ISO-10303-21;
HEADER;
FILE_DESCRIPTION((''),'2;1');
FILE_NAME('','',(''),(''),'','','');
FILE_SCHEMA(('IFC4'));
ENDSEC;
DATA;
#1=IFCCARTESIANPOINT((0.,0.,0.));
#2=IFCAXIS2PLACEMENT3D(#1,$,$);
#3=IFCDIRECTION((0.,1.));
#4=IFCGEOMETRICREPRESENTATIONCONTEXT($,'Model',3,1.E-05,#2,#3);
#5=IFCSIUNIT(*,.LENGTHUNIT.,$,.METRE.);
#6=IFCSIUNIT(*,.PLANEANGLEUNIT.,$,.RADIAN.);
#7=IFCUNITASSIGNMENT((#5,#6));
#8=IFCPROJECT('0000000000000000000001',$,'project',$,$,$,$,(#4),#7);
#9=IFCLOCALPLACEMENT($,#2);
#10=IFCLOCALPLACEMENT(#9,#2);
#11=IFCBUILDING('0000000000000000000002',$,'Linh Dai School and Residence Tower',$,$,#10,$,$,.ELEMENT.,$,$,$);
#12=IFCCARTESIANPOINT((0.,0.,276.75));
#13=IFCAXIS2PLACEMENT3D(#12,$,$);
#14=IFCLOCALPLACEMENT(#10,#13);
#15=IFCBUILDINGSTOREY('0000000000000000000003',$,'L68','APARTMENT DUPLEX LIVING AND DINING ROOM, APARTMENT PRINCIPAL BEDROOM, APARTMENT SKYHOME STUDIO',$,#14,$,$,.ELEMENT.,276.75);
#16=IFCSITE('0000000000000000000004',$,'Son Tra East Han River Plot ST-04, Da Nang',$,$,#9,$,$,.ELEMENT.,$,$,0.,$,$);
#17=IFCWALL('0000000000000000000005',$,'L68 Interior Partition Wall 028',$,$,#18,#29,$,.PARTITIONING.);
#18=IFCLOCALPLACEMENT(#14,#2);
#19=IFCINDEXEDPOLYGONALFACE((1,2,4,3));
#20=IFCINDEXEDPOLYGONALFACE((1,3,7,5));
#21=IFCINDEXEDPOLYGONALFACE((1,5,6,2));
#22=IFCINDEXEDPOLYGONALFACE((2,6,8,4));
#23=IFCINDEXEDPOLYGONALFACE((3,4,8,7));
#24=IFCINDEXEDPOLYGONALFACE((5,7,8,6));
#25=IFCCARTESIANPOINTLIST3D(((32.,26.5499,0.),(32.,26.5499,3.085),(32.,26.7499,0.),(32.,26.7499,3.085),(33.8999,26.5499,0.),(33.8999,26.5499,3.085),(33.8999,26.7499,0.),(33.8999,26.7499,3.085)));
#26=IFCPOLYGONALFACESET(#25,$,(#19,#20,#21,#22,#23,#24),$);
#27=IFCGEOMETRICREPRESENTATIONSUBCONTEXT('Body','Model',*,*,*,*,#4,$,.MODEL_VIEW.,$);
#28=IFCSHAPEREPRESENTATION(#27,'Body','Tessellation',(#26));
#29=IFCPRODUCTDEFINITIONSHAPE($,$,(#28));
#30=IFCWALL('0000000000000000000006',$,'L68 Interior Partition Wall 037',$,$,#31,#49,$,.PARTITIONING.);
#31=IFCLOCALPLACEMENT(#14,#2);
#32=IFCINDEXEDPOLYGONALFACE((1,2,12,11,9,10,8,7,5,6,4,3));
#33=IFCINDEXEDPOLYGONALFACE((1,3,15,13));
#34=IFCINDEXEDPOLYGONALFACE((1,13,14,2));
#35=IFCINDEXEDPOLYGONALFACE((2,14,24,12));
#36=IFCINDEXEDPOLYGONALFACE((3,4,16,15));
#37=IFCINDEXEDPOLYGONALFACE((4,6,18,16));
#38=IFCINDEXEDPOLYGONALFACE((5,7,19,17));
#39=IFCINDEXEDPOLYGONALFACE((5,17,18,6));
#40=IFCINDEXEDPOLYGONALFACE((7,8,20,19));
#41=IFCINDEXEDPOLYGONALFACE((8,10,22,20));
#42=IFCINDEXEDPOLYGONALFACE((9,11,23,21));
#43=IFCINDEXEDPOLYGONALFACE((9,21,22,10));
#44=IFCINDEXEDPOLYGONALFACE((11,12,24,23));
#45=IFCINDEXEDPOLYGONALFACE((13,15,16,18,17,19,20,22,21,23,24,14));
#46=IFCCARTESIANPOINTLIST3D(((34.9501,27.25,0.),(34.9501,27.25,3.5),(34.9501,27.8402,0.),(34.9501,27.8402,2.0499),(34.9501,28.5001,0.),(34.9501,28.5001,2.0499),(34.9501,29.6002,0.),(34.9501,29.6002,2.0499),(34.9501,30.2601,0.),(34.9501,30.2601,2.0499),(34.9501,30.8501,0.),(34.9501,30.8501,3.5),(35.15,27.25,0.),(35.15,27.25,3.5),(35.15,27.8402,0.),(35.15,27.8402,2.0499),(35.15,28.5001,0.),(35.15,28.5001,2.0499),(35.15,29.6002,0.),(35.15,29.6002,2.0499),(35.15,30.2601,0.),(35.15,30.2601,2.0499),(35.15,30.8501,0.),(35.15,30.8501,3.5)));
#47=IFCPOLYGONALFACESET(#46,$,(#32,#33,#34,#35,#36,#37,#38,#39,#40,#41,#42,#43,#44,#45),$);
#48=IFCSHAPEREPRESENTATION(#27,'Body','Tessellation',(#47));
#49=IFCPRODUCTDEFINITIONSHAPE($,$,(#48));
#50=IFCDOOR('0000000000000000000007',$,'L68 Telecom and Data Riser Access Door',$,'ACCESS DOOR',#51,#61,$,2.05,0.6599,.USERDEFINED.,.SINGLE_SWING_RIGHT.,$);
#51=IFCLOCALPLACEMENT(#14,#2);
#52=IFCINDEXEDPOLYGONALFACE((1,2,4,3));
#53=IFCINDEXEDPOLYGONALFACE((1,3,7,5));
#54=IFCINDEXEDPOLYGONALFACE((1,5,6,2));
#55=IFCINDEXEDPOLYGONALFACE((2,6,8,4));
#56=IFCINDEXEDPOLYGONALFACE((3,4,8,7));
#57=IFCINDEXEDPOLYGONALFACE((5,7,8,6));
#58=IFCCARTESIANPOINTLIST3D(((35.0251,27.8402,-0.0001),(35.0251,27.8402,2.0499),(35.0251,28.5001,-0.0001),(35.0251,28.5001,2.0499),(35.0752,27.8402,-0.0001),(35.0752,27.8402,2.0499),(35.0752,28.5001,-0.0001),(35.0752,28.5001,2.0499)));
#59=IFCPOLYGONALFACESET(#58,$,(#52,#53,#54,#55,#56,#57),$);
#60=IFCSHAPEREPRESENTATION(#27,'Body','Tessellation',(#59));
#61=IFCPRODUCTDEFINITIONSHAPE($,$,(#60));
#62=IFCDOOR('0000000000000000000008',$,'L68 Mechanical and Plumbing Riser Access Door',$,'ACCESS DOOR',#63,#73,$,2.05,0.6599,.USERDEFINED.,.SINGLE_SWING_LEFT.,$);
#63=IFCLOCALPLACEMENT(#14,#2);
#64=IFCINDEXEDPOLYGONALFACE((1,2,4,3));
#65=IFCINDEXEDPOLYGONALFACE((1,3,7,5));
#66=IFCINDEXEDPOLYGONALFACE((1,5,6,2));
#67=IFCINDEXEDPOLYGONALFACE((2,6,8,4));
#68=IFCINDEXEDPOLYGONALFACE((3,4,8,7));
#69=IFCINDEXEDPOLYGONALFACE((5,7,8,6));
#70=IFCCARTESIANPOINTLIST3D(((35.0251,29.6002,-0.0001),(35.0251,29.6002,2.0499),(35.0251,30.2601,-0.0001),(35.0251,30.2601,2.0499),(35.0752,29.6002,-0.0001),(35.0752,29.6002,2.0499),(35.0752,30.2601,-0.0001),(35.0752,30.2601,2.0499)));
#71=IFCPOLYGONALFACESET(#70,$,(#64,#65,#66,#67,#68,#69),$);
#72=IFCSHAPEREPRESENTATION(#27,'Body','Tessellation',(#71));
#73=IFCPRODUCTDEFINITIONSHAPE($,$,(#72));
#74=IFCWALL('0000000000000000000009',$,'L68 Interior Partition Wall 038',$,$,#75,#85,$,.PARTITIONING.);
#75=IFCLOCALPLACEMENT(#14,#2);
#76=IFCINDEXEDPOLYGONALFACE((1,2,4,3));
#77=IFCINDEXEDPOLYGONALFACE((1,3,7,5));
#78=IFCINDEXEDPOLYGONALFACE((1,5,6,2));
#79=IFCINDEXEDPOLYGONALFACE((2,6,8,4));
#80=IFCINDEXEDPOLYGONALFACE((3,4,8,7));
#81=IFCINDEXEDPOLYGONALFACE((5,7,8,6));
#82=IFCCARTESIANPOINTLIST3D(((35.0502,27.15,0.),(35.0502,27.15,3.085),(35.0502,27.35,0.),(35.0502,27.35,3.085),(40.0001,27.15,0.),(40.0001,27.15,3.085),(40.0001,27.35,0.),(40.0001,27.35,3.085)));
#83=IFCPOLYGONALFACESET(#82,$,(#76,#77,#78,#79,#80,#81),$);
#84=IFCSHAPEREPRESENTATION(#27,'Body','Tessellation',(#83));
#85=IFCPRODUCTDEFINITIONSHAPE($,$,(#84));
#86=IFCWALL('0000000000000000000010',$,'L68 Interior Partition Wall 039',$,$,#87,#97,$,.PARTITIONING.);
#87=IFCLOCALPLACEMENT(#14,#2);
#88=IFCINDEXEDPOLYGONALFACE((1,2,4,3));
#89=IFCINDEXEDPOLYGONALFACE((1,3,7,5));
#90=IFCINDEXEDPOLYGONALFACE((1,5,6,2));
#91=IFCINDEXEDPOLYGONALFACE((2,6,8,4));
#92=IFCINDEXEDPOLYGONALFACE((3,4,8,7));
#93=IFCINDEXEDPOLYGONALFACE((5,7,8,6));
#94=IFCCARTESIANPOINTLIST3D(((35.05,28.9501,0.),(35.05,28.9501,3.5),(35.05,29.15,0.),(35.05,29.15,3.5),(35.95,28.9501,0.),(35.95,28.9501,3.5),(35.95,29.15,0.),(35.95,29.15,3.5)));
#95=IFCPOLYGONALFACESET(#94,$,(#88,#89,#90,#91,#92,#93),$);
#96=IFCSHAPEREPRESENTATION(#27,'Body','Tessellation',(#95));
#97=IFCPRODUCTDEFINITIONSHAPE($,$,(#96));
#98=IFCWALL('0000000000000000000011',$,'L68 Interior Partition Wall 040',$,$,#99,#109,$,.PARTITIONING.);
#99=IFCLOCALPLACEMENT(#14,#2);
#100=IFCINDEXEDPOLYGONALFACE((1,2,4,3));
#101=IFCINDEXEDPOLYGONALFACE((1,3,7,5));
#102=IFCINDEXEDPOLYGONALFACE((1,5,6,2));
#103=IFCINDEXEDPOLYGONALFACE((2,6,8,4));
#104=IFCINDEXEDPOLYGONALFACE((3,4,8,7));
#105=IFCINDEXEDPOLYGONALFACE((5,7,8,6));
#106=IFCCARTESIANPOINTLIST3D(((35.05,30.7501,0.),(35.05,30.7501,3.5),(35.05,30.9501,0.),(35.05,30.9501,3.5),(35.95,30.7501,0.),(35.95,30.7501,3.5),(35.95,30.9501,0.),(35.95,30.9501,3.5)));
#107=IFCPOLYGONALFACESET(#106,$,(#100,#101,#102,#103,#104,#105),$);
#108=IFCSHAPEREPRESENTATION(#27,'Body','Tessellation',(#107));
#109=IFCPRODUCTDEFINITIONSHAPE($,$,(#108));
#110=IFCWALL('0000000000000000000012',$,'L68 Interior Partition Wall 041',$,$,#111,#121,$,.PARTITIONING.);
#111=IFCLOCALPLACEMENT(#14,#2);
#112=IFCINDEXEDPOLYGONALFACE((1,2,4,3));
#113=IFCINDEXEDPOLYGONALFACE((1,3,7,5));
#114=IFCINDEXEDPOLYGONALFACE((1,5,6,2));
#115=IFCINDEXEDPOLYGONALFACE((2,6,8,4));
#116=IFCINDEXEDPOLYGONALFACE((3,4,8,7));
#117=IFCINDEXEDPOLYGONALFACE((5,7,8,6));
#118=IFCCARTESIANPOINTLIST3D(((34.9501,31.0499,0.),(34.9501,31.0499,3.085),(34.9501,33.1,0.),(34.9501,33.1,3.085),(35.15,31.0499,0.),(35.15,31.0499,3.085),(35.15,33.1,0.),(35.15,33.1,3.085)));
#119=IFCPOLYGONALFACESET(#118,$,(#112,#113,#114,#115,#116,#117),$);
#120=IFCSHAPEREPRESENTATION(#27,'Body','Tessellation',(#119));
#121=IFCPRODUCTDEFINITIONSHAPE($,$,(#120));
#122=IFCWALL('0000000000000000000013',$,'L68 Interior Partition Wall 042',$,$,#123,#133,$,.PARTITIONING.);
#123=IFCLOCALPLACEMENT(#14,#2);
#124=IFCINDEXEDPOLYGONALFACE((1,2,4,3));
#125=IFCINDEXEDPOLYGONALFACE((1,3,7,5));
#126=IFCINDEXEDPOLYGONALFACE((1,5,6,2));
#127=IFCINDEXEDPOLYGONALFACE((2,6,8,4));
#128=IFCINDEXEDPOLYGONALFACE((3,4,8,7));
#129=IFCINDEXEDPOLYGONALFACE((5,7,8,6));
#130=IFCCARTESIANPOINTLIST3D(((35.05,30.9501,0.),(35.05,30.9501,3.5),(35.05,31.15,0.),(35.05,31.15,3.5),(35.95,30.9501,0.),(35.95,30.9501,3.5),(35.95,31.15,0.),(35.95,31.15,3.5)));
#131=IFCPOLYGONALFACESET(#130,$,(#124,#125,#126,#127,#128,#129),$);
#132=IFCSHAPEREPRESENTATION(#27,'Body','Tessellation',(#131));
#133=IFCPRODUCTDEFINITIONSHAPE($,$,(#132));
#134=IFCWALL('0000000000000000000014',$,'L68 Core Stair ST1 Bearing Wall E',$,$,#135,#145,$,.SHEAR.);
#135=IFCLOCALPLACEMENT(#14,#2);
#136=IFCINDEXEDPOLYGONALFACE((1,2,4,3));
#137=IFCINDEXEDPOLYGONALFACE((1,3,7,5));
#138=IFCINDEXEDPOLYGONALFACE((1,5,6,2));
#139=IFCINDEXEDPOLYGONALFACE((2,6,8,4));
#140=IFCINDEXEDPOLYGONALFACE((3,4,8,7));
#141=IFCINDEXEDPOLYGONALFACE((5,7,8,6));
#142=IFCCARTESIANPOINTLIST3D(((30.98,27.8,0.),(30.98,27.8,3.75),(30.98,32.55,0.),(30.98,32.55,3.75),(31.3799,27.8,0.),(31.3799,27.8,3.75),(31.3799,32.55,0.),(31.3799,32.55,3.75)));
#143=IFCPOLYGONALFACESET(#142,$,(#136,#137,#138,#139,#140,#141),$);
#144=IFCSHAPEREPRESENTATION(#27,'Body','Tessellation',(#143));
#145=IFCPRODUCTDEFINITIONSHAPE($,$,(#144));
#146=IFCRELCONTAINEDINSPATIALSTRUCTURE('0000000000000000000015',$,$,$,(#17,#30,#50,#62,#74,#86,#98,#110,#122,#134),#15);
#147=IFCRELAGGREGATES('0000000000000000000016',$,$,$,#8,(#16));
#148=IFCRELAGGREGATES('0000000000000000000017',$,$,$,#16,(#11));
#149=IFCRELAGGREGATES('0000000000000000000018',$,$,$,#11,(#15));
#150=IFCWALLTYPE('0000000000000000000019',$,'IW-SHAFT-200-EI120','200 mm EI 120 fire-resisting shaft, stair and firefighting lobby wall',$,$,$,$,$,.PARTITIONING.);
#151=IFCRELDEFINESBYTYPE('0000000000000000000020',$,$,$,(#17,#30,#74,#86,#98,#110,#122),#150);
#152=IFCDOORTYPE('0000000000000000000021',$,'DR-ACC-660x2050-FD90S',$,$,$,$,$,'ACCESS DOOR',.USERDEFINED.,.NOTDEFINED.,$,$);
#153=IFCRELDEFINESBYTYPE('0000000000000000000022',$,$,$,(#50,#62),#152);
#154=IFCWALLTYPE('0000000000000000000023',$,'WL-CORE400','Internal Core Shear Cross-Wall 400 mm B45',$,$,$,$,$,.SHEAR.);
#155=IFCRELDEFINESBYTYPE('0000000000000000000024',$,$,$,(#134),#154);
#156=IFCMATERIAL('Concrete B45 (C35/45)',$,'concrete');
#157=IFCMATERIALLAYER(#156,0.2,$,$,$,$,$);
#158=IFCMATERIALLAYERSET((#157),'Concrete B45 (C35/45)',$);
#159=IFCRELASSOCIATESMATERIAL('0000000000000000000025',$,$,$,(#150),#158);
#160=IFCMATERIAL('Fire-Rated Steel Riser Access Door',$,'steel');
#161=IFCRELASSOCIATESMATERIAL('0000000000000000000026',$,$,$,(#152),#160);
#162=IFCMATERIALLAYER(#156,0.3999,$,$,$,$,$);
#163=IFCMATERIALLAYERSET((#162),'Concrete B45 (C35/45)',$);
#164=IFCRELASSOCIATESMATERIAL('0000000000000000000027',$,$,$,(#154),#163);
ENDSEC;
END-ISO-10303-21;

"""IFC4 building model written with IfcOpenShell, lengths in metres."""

from ifc_helpers import new_model, si_unit, direction, frame, frame_2d, origin, origin_2d, place, context, subcontext, project, spatial, rectangle, extrude, source, transform, mapped, material, layer, layer_set, type_object, element, fill, save


model = new_model("IFC4")

# Units and contexts
model_context = context("Model", 3, precision=1e-05, world=origin(), true_north=direction((0.0, 1.0)))
body_context = subcontext(model_context, "Body", "Model", "MODEL_VIEW")
ifc_project = project(units=[si_unit("LENGTHUNIT", "METRE"), si_unit("PLANEANGLEUNIT", "RADIAN")], contexts=[model_context])

# Site, building, storey
site_placement = place(None, origin())
site = spatial("IfcSite", under=ifc_project, at=site_placement, Name="Son Tra East Han River Plot ST-04, Da Nang", CompositionType="ELEMENT", RefElevation=0.0)
building_placement = place(site_placement, origin())
building = spatial("IfcBuilding", under=site, at=building_placement, Name="Linh Dai School and Residence Tower", CompositionType="ELEMENT")
storey_placement = place(building_placement, frame((0.0, 0.0, 276.75)))
storey = spatial("IfcBuildingStorey", under=building, at=storey_placement, Name="L68", Description="APARTMENT DUPLEX LIVING AND DINING ROOM, APARTMENT PRINCIPAL BEDROOM, APARTMENT SKYHOME STUDIO", CompositionType="ELEMENT", Elevation=276.75)

# Shared definitions
ifc_material_1 = material(Name="Concrete B45 (C35/45)", Category="concrete")
ifc_layer_1 = layer(ifc_material_1, 0.2)
ifc_layer_set_1 = layer_set([ifc_layer_1], Name="Concrete B45 (C35/45)")
wall_type_1 = type_object("IfcWallType", Name="IW-SHAFT-200-EI120", Description="200 mm EI 120 fire-resisting shaft, stair and firefighting lobby wall", PredefinedType="PARTITIONING", material=ifc_layer_set_1)
ifc_material_2 = material(Name="Fire-Rated Steel Riser Access Door", Category="steel")
door_type_1 = type_object("IfcDoorType", Name="DR-ACC-660x2050-FD90S", ElementType="ACCESS DOOR", OperationType="NOTDEFINED", PredefinedType="USERDEFINED", material=ifc_material_2)
shared_shape_1 = source(origin(), body_context, "Body", "SweptSolid", [
    extrude(rectangle(XDim=0.6599, YDim=2.05, at=origin_2d()), frame((0.3301, 0.0249, 1.0249), z_axis=(0.0, -1.0, 0.0), x_axis=(1.0, 0.0, 0.0)), (0.0, 0.0, 1.0), 0.05),
])

# Wall
wall_1_placement = place(storey_placement, frame((32.0, 26.6499, 0.0), z_axis=(0.0, 0.0, 1.0), x_axis=(1.0, 0.0, 0.0)))
element("IfcWall", 1, at=wall_1_placement, inside=storey, type_object=wall_type_1, Name="L68 Interior Partition Wall 028", PredefinedType="PARTITIONING", context=body_context, shape_type="SweptSolid", body=[
    extrude(rectangle(XDim=1.8999, YDim=0.2, at=frame_2d((0.95, 0.0))), origin(), (0.0, 0.0, 1.0), 3.085),
])

# Wall, openings, doors
wall_2_placement = place(storey_placement, frame((35.05, 27.25, 0.0), z_axis=(0.0, 0.0, 1.0), x_axis=(0.0, 1.0, 0.0)))
wall_2 = element("IfcWall", 2, at=wall_2_placement, inside=storey, type_object=wall_type_1, Name="L68 Interior Partition Wall 037", PredefinedType="PARTITIONING", context=body_context, shape_type="SweptSolid", body=[
    extrude(rectangle(XDim=3.6001, YDim=0.2, at=frame_2d((1.8, 0.0))), origin(), (0.0, 0.0, 1.0), 3.5),
])
opening_1_placement = place(wall_2_placement, frame((0.5901, 0.0, 0.0)))
opening_1 = element("IfcOpeningElement", 3, at=opening_1_placement, cuts=wall_2, PredefinedType="OPENING", context=body_context, shape_type="SweptSolid", body=[
    extrude(rectangle(XDim=0.6599, YDim=2.05, at=origin_2d()), frame((0.3301, 0.1099, 1.0249), z_axis=(0.0, -1.0, 0.0), x_axis=(1.0, 0.0, 0.0)), (0.0, 0.0, 1.0), 0.22),
])
opening_2_placement = place(wall_2_placement, frame((2.3501, 0.0, 0.0)))
opening_2 = element("IfcOpeningElement", 4, at=opening_2_placement, cuts=wall_2, PredefinedType="OPENING", context=body_context, shape_type="SweptSolid", body=[
    extrude(rectangle(XDim=0.6599, YDim=2.05, at=origin_2d()), frame((0.3301, 0.1099, 1.0249), z_axis=(0.0, -1.0, 0.0), x_axis=(1.0, 0.0, 0.0)), (0.0, 0.0, 1.0), 0.22),
])
door_1_placement = place(opening_1_placement, origin())
door_1 = element("IfcDoor", 5, at=door_1_placement, inside=storey, type_object=door_type_1, Name="L68 Telecom and Data Riser Access Door", ObjectType="ACCESS DOOR", OperationType="SINGLE_SWING_RIGHT", OverallHeight=2.05, OverallWidth=0.6599, PredefinedType="USERDEFINED", context=body_context, shape_type="MappedRepresentation", body=[
    mapped(shared_shape_1, transform((0.0, 0.0, 0.0), x_axis=(1.0, 0.0, 0.0), y_axis=(0.0, 1.0, 0.0), z_axis=(0.0, 0.0, 1.0), scale=1.0)),
])
fill(opening_1, door_1)
door_2_placement = place(opening_2_placement, origin())
door_2 = element("IfcDoor", 6, at=door_2_placement, inside=storey, type_object=door_type_1, Name="L68 Mechanical and Plumbing Riser Access Door", ObjectType="ACCESS DOOR", OperationType="SINGLE_SWING_LEFT", OverallHeight=2.05, OverallWidth=0.6599, PredefinedType="USERDEFINED", context=body_context, shape_type="MappedRepresentation", body=[
    mapped(shared_shape_1, transform((0.0, 0.0, 0.0), x_axis=(1.0, 0.0, 0.0), y_axis=(0.0, 1.0, 0.0), z_axis=(0.0, 0.0, 1.0), scale=1.0)),
])
fill(opening_2, door_2)

# Walls
wall_3_placement = place(storey_placement, frame((35.05, 27.25, 0.0), z_axis=(0.0, 0.0, 1.0), x_axis=(1.0, 0.0, 0.0)))
element("IfcWall", 7, at=wall_3_placement, inside=storey, type_object=wall_type_1, Name="L68 Interior Partition Wall 038", PredefinedType="PARTITIONING", context=body_context, shape_type="SweptSolid", body=[
    extrude(rectangle(XDim=4.95, YDim=0.2, at=frame_2d((2.4751, 0.0))), origin(), (0.0, 0.0, 1.0), 3.085),
])
for number, where, z_axis, x_axis, name in (
    (8, (35.05, 29.05, 0.0), (0.0, 0.0, 1.0), (1.0, 0.0, 0.0), "L68 Interior Partition Wall 039"),
    (9, (35.05, 30.8501, 0.0), (0.0, 0.0, 1.0), (1.0, 0.0, 0.0), "L68 Interior Partition Wall 040"),
):
    element("IfcWall", number, at=place(storey_placement, frame(where, z_axis=z_axis, x_axis=x_axis)), inside=storey, type_object=wall_type_1, Name=name, PredefinedType="PARTITIONING", context=body_context, shape_type="SweptSolid", body=[
        extrude(rectangle(XDim=0.8999, YDim=0.2, at=frame_2d((0.45, 0.0))), origin(), (0.0, 0.0, 1.0), 3.5),
    ])
wall_4_placement = place(storey_placement, frame((35.05, 31.05, 0.0), z_axis=(0.0, 0.0, 1.0), x_axis=(0.0, 1.0, 0.0)))
element("IfcWall", 10, at=wall_4_placement, inside=storey, type_object=wall_type_1, Name="L68 Interior Partition Wall 041", PredefinedType="PARTITIONING", context=body_context, shape_type="SweptSolid", body=[
    extrude(rectangle(XDim=2.05, YDim=0.2, at=frame_2d((1.0249, 0.0))), origin(), (0.0, 0.0, 1.0), 3.085),
])
wall_5_placement = place(storey_placement, frame((35.05, 31.05, 0.0), z_axis=(0.0, 0.0, 1.0), x_axis=(1.0, 0.0, 0.0)))
element("IfcWall", 11, at=wall_5_placement, inside=storey, type_object=wall_type_1, Name="L68 Interior Partition Wall 042", PredefinedType="PARTITIONING", context=body_context, shape_type="SweptSolid", body=[
    extrude(rectangle(XDim=0.8999, YDim=0.2, at=frame_2d((0.45, 0.0))), origin(), (0.0, 0.0, 1.0), 3.5),
])
ifc_layer_2 = layer(ifc_material_1, 0.3999)
ifc_layer_set_2 = layer_set([ifc_layer_2], Name="Concrete B45 (C35/45)")
wall_type_2 = type_object("IfcWallType", Name="WL-CORE400", Description="Internal Core Shear Cross-Wall 400 mm B45", PredefinedType="SHEAR", material=ifc_layer_set_2)
wall_6_placement = place(storey_placement, frame((31.1799, 27.8, 0.0), z_axis=(0.0, 0.0, 1.0), x_axis=(0.0, 1.0, 0.0)))
element("IfcWall", 12, at=wall_6_placement, inside=storey, type_object=wall_type_2, Name="L68 Core Stair ST1 Bearing Wall E", PredefinedType="SHEAR", context=body_context, shape_type="SweptSolid", body=[
    extrude(rectangle(XDim=4.75, YDim=0.3999, at=frame_2d((2.375, 0.0))), origin(), (0.0, 0.0, 1.0), 3.75),
])

save(model, "model.ifc")
